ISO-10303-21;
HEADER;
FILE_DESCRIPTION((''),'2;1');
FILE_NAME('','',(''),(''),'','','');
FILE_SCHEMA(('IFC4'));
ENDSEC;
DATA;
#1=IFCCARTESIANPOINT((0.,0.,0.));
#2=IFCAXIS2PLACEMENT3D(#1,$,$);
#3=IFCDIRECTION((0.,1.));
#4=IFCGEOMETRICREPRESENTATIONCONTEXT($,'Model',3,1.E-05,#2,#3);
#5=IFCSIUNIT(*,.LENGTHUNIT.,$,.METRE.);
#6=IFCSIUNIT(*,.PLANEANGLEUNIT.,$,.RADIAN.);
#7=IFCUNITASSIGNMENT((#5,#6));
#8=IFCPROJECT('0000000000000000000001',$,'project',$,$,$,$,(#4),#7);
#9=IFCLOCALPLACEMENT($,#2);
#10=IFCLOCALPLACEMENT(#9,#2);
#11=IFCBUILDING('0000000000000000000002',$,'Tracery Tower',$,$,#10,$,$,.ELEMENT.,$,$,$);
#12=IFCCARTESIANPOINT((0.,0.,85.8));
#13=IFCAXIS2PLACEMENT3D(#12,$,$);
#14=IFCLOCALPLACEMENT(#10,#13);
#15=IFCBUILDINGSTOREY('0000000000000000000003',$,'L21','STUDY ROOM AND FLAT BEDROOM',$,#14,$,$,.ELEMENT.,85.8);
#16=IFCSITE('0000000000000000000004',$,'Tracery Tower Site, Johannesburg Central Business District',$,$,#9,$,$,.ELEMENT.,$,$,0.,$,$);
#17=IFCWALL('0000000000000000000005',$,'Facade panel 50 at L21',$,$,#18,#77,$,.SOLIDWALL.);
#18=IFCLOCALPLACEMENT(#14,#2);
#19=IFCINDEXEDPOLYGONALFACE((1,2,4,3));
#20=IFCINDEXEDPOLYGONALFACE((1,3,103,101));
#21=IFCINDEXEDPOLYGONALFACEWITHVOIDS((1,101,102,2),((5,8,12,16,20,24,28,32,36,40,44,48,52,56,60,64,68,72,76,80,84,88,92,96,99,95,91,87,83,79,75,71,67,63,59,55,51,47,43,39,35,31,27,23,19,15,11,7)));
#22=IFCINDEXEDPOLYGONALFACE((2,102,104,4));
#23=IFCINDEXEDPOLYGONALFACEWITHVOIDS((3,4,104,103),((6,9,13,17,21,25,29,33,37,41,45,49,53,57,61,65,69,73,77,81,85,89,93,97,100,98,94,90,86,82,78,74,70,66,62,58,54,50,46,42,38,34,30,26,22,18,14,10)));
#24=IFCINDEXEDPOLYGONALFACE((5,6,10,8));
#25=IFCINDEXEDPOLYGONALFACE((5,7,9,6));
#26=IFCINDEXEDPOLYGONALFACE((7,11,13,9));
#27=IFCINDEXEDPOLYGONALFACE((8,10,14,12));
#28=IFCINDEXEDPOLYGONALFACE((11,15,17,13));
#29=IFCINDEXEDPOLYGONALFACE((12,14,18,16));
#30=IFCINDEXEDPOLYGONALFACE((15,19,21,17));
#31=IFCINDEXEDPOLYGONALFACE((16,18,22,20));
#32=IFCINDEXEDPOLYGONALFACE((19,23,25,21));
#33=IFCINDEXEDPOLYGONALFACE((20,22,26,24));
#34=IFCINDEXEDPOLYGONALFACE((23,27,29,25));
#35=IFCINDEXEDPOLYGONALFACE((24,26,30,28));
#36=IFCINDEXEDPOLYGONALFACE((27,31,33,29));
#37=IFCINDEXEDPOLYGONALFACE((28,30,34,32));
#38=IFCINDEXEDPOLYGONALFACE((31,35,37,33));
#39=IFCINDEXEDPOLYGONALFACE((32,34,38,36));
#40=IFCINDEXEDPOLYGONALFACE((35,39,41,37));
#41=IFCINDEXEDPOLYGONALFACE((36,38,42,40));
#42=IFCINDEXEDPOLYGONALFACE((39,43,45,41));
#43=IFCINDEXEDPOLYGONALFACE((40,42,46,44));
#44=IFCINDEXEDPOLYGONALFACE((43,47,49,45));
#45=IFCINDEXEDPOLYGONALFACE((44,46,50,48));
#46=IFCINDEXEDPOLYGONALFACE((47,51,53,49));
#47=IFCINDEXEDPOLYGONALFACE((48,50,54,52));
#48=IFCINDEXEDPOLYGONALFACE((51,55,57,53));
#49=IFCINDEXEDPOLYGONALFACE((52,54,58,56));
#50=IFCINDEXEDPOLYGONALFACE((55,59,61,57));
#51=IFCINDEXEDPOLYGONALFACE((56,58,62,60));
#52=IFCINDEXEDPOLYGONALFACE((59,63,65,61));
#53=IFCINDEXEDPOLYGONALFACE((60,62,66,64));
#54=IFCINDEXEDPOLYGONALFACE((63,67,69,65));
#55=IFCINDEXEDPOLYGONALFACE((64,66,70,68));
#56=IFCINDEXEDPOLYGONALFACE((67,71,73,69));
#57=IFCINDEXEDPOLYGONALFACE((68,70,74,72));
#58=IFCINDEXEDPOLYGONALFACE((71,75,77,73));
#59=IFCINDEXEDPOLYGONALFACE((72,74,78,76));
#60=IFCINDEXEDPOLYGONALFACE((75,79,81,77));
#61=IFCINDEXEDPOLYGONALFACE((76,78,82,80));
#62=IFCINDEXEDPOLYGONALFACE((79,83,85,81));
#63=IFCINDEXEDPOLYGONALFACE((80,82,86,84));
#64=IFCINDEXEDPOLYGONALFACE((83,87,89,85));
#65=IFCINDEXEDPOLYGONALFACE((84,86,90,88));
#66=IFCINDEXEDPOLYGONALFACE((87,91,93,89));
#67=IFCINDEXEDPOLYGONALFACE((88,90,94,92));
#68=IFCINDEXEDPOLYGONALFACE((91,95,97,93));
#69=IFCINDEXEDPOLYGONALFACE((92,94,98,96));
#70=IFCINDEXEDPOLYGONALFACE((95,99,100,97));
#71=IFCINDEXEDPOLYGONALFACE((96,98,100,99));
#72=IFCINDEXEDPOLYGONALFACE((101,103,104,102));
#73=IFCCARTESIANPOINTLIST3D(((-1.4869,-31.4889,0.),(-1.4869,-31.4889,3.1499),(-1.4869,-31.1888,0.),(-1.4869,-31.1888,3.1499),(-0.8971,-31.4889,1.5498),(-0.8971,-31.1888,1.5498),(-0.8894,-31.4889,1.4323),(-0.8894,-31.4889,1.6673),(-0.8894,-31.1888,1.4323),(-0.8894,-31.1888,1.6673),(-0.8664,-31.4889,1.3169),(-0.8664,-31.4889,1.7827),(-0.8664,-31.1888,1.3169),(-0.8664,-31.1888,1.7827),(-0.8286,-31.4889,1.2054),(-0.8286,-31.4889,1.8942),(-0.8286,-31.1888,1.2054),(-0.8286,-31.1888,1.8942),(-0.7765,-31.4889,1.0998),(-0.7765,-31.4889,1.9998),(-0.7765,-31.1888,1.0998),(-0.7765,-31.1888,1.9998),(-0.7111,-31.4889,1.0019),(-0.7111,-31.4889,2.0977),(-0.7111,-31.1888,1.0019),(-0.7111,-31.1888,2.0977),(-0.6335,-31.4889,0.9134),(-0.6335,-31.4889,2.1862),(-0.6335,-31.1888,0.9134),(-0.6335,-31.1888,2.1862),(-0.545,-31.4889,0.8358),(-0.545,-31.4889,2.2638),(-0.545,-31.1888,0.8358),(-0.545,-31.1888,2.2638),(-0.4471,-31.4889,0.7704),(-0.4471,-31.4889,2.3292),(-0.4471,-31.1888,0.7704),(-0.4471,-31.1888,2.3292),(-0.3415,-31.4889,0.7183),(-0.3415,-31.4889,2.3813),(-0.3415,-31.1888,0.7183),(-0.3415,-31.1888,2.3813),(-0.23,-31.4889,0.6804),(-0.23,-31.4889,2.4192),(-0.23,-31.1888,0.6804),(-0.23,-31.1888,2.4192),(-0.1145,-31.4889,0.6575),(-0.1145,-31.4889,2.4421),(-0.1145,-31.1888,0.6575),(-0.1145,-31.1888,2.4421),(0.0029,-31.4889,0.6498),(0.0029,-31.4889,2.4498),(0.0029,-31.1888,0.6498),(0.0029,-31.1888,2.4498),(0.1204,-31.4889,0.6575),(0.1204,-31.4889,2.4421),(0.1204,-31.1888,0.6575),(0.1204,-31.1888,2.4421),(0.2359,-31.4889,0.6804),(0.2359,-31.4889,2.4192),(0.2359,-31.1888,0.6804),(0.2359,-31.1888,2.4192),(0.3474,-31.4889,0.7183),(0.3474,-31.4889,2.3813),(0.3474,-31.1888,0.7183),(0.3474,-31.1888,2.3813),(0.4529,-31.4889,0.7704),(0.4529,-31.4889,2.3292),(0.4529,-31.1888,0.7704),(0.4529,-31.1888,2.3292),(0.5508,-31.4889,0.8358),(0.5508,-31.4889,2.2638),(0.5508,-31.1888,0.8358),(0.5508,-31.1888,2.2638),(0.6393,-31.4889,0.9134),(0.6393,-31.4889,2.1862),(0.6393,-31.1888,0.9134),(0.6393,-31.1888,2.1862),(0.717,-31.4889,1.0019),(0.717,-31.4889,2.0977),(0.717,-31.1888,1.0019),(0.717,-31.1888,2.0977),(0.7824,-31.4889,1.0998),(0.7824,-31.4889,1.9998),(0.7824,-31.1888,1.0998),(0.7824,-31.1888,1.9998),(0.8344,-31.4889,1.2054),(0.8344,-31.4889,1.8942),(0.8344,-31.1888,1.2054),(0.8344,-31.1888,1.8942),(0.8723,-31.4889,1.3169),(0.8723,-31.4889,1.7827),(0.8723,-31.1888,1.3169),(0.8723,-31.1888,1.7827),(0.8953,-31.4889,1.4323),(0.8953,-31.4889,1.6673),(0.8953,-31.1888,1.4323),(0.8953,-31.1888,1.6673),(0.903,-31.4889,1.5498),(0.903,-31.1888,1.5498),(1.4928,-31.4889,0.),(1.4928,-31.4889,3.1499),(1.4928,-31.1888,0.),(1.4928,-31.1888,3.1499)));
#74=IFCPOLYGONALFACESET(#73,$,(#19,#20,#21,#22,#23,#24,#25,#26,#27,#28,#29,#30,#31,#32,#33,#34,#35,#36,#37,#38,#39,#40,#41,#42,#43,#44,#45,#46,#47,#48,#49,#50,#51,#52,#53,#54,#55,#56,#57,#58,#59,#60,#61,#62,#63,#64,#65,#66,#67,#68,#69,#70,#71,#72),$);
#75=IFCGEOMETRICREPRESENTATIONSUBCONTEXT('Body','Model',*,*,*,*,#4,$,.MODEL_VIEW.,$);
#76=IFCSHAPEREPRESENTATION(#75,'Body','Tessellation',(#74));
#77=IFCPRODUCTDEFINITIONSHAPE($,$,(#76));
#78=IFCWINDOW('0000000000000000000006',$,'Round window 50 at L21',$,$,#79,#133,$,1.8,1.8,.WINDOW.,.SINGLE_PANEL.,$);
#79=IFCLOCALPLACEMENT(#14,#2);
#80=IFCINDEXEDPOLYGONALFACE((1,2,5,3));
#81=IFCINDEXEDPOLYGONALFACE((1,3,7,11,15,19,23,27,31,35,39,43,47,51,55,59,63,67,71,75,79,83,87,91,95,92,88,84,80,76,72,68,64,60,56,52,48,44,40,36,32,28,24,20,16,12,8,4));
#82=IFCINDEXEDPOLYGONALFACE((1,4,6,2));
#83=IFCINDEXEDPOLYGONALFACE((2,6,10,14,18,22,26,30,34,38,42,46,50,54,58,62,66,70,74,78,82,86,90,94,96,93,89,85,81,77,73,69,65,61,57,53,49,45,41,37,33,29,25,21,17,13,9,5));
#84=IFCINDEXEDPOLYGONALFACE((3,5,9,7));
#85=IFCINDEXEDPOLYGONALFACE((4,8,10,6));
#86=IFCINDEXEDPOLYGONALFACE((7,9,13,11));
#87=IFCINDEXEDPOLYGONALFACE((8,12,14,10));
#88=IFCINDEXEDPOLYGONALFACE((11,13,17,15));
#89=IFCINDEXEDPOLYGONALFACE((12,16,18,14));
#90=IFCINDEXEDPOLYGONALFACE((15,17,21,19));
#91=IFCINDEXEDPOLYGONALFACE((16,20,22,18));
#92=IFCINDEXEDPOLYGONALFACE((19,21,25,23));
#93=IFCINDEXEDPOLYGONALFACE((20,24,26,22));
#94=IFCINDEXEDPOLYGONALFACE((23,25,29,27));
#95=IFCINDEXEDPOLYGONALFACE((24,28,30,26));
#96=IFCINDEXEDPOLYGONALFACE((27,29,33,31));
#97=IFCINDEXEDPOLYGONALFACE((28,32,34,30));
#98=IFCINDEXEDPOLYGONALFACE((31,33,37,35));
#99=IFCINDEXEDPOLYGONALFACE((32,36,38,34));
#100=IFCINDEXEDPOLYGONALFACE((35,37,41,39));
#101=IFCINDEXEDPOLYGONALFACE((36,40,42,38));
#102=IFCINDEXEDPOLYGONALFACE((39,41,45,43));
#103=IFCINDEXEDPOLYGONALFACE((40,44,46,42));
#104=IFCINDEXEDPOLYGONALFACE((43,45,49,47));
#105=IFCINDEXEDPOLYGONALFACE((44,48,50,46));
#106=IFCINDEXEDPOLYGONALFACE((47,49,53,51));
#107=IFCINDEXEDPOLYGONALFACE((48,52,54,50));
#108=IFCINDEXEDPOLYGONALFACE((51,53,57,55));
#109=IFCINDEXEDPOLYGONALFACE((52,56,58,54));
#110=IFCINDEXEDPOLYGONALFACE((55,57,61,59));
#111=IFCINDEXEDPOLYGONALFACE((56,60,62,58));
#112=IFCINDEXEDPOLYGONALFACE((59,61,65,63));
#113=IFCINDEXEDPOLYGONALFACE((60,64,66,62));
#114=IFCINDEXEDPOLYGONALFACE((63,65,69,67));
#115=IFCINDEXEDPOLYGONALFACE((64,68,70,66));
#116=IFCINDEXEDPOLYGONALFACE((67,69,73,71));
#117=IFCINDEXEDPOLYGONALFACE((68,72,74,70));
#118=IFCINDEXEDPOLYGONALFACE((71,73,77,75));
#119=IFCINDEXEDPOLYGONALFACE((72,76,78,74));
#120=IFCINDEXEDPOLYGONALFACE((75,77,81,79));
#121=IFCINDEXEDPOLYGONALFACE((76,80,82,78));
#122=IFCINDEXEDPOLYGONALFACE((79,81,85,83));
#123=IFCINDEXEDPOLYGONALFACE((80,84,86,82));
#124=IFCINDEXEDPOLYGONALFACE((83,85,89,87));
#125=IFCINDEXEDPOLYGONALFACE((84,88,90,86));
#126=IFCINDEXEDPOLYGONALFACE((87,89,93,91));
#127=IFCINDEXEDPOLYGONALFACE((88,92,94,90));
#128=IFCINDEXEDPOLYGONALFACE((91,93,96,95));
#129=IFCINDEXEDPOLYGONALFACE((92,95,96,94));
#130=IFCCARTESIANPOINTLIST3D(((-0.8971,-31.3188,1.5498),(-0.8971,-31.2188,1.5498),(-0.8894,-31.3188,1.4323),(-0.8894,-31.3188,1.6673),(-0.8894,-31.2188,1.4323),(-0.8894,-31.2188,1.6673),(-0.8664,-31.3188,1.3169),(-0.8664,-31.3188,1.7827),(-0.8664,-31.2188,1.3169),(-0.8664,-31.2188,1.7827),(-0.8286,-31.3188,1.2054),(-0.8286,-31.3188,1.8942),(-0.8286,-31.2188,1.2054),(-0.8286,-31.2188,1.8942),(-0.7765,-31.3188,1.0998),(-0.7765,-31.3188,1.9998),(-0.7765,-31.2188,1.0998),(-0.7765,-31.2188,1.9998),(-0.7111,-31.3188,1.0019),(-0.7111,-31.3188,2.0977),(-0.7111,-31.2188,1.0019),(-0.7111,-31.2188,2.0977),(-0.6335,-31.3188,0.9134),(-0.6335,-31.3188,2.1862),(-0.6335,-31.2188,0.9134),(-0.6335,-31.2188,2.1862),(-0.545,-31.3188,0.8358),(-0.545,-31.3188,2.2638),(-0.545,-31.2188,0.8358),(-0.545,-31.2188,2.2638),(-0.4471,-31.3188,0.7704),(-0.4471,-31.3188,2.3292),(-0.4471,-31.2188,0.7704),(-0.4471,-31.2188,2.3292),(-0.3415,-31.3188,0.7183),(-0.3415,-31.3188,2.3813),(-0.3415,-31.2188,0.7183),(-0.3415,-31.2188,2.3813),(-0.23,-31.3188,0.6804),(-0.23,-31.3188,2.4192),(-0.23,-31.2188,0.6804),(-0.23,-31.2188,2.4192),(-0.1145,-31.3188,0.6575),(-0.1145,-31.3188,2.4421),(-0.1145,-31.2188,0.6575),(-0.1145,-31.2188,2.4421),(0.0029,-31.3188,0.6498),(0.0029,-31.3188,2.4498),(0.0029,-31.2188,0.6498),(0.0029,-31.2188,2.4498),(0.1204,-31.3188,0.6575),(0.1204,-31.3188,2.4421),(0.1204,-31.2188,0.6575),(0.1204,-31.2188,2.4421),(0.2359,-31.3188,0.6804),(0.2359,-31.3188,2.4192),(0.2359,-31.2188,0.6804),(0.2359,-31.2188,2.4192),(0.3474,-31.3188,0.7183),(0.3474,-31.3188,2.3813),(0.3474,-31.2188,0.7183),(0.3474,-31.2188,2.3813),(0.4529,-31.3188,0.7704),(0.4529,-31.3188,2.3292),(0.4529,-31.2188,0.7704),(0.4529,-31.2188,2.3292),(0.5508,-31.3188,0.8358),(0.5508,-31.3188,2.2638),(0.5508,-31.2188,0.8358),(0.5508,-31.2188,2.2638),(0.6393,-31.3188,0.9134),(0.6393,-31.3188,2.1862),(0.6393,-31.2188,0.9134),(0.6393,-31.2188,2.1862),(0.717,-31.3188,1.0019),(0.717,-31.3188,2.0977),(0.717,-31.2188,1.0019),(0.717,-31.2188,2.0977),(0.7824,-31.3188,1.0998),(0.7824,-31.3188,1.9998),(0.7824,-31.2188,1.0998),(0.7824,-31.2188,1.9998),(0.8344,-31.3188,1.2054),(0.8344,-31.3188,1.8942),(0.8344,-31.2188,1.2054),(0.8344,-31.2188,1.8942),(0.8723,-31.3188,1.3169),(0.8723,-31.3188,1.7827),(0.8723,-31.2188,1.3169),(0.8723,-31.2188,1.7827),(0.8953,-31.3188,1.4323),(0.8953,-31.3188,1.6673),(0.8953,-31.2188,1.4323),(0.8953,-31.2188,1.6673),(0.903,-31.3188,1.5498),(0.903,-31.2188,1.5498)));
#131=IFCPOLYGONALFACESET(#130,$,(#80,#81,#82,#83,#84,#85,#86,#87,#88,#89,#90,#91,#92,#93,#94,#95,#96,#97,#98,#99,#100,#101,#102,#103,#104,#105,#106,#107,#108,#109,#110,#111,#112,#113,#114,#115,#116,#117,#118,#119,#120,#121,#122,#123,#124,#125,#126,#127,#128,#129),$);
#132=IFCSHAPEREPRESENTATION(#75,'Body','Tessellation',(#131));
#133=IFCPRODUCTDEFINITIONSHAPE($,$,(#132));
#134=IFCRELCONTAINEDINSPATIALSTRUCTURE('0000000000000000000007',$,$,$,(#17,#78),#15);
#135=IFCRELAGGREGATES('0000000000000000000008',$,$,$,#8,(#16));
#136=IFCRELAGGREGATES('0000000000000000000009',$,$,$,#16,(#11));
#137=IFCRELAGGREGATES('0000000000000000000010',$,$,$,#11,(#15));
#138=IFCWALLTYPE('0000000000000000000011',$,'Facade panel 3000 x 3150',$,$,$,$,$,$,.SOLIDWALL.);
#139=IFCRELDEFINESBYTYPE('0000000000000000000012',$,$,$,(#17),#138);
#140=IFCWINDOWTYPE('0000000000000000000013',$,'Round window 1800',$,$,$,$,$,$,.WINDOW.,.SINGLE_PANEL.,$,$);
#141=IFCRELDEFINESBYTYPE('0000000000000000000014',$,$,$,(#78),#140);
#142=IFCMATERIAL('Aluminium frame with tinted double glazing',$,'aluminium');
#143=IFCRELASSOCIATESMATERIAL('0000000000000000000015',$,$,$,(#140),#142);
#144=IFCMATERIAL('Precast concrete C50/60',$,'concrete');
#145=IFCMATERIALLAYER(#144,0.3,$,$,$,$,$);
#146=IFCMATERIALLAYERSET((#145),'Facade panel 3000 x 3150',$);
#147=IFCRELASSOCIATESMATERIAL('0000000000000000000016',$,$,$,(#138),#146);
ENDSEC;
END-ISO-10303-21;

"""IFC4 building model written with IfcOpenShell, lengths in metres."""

from ifc_helpers import new_model, si_unit, direction, frame, frame_2d, origin, origin_2d, place, context, subcontext, project, spatial, rectangle, circle, extrude, material, layer, layer_set, type_object, element, fill, save


model = new_model("IFC4")

# Units and contexts
model_context = context("Model", 3, precision=1e-05, world=origin(), true_north=direction((0.0, 1.0)))
body_context = subcontext(model_context, "Body", "Model", "MODEL_VIEW")
ifc_project = project(units=[si_unit("LENGTHUNIT", "METRE"), si_unit("PLANEANGLEUNIT", "RADIAN")], contexts=[model_context])

# Site, building, storey
site_placement = place(None, origin())
site = spatial("IfcSite", under=ifc_project, at=site_placement, Name="Tracery Tower Site, Johannesburg Central Business District", CompositionType="ELEMENT", RefElevation=0.0)
building_placement = place(site_placement, origin())
building = spatial("IfcBuilding", under=site, at=building_placement, Name="Tracery Tower", CompositionType="ELEMENT")
storey_placement = place(building_placement, frame((0.0, 0.0, 85.8)))
storey = spatial("IfcBuildingStorey", under=building, at=storey_placement, Name="L21", Description="STUDY ROOM AND FLAT BEDROOM", CompositionType="ELEMENT", Elevation=85.8)

# Wall, opening, window
ifc_material_1 = material(Name="Aluminium frame with tinted double glazing", Category="aluminium")
window_type = type_object("IfcWindowType", Name="Round window 1800", PartitioningType="SINGLE_PANEL", PredefinedType="WINDOW", material=ifc_material_1)
ifc_material_2 = material(Name="Precast concrete C50/60", Category="concrete")
ifc_layer_1 = layer(ifc_material_2, 0.3)
ifc_layer_set_1 = layer_set([ifc_layer_1], Name="Facade panel 3000 x 3150")
wall_type_1 = type_object("IfcWallType", Name="Facade panel 3000 x 3150", PredefinedType="SOLIDWALL", material=ifc_layer_set_1)
wall_1_placement = place(storey_placement, frame((-1.4868, -31.3389, 0.0), z_axis=(0.0, 0.0, 1.0), x_axis=(1.0, 0.0, 0.0)))
wall_1 = element("IfcWall", 1, at=wall_1_placement, inside=storey, type_object=wall_type_1, Name="Facade panel 50 at L21", PredefinedType="SOLIDWALL", context=body_context, shape_type="SweptSolid", body=[
    extrude(rectangle(XDim=2.9797, YDim=0.3, at=frame_2d((1.4897, 0.0))), origin(), (0.0, 0.0, 1.0), 3.1499),
])
opening_1_placement = place(wall_1_placement, frame((1.4897, 0.0, 1.5498)))
opening_1 = element("IfcOpeningElement", 2, at=opening_1_placement, cuts=wall_1, PredefinedType="OPENING", context=body_context, shape_type="SweptSolid", body=[
    extrude(circle(Radius=0.9, at=origin_2d()), frame((0.0, 0.1599, 0.0), z_axis=(0.0, -1.0, 0.0), x_axis=(1.0, 0.0, 0.0)), (0.0, 0.0, 1.0), 0.3201),
])
window_1_placement = place(opening_1_placement, origin())
window_1 = element("IfcWindow", 3, at=window_1_placement, inside=storey, type_object=window_type, Name="Round window 50 at L21", OverallHeight=1.8, OverallWidth=1.8, PartitioningType="SINGLE_PANEL", PredefinedType="WINDOW", context=body_context, shape_type="SweptSolid", body=[
    extrude(circle(Radius=0.9, at=origin_2d()), frame((0.0, 0.1201, 0.0), z_axis=(0.0, -1.0, 0.0), x_axis=(1.0, 0.0, 0.0)), (0.0, 0.0, 1.0), 0.1001),
])
fill(opening_1, window_1)

save(model, "model.ifc")
